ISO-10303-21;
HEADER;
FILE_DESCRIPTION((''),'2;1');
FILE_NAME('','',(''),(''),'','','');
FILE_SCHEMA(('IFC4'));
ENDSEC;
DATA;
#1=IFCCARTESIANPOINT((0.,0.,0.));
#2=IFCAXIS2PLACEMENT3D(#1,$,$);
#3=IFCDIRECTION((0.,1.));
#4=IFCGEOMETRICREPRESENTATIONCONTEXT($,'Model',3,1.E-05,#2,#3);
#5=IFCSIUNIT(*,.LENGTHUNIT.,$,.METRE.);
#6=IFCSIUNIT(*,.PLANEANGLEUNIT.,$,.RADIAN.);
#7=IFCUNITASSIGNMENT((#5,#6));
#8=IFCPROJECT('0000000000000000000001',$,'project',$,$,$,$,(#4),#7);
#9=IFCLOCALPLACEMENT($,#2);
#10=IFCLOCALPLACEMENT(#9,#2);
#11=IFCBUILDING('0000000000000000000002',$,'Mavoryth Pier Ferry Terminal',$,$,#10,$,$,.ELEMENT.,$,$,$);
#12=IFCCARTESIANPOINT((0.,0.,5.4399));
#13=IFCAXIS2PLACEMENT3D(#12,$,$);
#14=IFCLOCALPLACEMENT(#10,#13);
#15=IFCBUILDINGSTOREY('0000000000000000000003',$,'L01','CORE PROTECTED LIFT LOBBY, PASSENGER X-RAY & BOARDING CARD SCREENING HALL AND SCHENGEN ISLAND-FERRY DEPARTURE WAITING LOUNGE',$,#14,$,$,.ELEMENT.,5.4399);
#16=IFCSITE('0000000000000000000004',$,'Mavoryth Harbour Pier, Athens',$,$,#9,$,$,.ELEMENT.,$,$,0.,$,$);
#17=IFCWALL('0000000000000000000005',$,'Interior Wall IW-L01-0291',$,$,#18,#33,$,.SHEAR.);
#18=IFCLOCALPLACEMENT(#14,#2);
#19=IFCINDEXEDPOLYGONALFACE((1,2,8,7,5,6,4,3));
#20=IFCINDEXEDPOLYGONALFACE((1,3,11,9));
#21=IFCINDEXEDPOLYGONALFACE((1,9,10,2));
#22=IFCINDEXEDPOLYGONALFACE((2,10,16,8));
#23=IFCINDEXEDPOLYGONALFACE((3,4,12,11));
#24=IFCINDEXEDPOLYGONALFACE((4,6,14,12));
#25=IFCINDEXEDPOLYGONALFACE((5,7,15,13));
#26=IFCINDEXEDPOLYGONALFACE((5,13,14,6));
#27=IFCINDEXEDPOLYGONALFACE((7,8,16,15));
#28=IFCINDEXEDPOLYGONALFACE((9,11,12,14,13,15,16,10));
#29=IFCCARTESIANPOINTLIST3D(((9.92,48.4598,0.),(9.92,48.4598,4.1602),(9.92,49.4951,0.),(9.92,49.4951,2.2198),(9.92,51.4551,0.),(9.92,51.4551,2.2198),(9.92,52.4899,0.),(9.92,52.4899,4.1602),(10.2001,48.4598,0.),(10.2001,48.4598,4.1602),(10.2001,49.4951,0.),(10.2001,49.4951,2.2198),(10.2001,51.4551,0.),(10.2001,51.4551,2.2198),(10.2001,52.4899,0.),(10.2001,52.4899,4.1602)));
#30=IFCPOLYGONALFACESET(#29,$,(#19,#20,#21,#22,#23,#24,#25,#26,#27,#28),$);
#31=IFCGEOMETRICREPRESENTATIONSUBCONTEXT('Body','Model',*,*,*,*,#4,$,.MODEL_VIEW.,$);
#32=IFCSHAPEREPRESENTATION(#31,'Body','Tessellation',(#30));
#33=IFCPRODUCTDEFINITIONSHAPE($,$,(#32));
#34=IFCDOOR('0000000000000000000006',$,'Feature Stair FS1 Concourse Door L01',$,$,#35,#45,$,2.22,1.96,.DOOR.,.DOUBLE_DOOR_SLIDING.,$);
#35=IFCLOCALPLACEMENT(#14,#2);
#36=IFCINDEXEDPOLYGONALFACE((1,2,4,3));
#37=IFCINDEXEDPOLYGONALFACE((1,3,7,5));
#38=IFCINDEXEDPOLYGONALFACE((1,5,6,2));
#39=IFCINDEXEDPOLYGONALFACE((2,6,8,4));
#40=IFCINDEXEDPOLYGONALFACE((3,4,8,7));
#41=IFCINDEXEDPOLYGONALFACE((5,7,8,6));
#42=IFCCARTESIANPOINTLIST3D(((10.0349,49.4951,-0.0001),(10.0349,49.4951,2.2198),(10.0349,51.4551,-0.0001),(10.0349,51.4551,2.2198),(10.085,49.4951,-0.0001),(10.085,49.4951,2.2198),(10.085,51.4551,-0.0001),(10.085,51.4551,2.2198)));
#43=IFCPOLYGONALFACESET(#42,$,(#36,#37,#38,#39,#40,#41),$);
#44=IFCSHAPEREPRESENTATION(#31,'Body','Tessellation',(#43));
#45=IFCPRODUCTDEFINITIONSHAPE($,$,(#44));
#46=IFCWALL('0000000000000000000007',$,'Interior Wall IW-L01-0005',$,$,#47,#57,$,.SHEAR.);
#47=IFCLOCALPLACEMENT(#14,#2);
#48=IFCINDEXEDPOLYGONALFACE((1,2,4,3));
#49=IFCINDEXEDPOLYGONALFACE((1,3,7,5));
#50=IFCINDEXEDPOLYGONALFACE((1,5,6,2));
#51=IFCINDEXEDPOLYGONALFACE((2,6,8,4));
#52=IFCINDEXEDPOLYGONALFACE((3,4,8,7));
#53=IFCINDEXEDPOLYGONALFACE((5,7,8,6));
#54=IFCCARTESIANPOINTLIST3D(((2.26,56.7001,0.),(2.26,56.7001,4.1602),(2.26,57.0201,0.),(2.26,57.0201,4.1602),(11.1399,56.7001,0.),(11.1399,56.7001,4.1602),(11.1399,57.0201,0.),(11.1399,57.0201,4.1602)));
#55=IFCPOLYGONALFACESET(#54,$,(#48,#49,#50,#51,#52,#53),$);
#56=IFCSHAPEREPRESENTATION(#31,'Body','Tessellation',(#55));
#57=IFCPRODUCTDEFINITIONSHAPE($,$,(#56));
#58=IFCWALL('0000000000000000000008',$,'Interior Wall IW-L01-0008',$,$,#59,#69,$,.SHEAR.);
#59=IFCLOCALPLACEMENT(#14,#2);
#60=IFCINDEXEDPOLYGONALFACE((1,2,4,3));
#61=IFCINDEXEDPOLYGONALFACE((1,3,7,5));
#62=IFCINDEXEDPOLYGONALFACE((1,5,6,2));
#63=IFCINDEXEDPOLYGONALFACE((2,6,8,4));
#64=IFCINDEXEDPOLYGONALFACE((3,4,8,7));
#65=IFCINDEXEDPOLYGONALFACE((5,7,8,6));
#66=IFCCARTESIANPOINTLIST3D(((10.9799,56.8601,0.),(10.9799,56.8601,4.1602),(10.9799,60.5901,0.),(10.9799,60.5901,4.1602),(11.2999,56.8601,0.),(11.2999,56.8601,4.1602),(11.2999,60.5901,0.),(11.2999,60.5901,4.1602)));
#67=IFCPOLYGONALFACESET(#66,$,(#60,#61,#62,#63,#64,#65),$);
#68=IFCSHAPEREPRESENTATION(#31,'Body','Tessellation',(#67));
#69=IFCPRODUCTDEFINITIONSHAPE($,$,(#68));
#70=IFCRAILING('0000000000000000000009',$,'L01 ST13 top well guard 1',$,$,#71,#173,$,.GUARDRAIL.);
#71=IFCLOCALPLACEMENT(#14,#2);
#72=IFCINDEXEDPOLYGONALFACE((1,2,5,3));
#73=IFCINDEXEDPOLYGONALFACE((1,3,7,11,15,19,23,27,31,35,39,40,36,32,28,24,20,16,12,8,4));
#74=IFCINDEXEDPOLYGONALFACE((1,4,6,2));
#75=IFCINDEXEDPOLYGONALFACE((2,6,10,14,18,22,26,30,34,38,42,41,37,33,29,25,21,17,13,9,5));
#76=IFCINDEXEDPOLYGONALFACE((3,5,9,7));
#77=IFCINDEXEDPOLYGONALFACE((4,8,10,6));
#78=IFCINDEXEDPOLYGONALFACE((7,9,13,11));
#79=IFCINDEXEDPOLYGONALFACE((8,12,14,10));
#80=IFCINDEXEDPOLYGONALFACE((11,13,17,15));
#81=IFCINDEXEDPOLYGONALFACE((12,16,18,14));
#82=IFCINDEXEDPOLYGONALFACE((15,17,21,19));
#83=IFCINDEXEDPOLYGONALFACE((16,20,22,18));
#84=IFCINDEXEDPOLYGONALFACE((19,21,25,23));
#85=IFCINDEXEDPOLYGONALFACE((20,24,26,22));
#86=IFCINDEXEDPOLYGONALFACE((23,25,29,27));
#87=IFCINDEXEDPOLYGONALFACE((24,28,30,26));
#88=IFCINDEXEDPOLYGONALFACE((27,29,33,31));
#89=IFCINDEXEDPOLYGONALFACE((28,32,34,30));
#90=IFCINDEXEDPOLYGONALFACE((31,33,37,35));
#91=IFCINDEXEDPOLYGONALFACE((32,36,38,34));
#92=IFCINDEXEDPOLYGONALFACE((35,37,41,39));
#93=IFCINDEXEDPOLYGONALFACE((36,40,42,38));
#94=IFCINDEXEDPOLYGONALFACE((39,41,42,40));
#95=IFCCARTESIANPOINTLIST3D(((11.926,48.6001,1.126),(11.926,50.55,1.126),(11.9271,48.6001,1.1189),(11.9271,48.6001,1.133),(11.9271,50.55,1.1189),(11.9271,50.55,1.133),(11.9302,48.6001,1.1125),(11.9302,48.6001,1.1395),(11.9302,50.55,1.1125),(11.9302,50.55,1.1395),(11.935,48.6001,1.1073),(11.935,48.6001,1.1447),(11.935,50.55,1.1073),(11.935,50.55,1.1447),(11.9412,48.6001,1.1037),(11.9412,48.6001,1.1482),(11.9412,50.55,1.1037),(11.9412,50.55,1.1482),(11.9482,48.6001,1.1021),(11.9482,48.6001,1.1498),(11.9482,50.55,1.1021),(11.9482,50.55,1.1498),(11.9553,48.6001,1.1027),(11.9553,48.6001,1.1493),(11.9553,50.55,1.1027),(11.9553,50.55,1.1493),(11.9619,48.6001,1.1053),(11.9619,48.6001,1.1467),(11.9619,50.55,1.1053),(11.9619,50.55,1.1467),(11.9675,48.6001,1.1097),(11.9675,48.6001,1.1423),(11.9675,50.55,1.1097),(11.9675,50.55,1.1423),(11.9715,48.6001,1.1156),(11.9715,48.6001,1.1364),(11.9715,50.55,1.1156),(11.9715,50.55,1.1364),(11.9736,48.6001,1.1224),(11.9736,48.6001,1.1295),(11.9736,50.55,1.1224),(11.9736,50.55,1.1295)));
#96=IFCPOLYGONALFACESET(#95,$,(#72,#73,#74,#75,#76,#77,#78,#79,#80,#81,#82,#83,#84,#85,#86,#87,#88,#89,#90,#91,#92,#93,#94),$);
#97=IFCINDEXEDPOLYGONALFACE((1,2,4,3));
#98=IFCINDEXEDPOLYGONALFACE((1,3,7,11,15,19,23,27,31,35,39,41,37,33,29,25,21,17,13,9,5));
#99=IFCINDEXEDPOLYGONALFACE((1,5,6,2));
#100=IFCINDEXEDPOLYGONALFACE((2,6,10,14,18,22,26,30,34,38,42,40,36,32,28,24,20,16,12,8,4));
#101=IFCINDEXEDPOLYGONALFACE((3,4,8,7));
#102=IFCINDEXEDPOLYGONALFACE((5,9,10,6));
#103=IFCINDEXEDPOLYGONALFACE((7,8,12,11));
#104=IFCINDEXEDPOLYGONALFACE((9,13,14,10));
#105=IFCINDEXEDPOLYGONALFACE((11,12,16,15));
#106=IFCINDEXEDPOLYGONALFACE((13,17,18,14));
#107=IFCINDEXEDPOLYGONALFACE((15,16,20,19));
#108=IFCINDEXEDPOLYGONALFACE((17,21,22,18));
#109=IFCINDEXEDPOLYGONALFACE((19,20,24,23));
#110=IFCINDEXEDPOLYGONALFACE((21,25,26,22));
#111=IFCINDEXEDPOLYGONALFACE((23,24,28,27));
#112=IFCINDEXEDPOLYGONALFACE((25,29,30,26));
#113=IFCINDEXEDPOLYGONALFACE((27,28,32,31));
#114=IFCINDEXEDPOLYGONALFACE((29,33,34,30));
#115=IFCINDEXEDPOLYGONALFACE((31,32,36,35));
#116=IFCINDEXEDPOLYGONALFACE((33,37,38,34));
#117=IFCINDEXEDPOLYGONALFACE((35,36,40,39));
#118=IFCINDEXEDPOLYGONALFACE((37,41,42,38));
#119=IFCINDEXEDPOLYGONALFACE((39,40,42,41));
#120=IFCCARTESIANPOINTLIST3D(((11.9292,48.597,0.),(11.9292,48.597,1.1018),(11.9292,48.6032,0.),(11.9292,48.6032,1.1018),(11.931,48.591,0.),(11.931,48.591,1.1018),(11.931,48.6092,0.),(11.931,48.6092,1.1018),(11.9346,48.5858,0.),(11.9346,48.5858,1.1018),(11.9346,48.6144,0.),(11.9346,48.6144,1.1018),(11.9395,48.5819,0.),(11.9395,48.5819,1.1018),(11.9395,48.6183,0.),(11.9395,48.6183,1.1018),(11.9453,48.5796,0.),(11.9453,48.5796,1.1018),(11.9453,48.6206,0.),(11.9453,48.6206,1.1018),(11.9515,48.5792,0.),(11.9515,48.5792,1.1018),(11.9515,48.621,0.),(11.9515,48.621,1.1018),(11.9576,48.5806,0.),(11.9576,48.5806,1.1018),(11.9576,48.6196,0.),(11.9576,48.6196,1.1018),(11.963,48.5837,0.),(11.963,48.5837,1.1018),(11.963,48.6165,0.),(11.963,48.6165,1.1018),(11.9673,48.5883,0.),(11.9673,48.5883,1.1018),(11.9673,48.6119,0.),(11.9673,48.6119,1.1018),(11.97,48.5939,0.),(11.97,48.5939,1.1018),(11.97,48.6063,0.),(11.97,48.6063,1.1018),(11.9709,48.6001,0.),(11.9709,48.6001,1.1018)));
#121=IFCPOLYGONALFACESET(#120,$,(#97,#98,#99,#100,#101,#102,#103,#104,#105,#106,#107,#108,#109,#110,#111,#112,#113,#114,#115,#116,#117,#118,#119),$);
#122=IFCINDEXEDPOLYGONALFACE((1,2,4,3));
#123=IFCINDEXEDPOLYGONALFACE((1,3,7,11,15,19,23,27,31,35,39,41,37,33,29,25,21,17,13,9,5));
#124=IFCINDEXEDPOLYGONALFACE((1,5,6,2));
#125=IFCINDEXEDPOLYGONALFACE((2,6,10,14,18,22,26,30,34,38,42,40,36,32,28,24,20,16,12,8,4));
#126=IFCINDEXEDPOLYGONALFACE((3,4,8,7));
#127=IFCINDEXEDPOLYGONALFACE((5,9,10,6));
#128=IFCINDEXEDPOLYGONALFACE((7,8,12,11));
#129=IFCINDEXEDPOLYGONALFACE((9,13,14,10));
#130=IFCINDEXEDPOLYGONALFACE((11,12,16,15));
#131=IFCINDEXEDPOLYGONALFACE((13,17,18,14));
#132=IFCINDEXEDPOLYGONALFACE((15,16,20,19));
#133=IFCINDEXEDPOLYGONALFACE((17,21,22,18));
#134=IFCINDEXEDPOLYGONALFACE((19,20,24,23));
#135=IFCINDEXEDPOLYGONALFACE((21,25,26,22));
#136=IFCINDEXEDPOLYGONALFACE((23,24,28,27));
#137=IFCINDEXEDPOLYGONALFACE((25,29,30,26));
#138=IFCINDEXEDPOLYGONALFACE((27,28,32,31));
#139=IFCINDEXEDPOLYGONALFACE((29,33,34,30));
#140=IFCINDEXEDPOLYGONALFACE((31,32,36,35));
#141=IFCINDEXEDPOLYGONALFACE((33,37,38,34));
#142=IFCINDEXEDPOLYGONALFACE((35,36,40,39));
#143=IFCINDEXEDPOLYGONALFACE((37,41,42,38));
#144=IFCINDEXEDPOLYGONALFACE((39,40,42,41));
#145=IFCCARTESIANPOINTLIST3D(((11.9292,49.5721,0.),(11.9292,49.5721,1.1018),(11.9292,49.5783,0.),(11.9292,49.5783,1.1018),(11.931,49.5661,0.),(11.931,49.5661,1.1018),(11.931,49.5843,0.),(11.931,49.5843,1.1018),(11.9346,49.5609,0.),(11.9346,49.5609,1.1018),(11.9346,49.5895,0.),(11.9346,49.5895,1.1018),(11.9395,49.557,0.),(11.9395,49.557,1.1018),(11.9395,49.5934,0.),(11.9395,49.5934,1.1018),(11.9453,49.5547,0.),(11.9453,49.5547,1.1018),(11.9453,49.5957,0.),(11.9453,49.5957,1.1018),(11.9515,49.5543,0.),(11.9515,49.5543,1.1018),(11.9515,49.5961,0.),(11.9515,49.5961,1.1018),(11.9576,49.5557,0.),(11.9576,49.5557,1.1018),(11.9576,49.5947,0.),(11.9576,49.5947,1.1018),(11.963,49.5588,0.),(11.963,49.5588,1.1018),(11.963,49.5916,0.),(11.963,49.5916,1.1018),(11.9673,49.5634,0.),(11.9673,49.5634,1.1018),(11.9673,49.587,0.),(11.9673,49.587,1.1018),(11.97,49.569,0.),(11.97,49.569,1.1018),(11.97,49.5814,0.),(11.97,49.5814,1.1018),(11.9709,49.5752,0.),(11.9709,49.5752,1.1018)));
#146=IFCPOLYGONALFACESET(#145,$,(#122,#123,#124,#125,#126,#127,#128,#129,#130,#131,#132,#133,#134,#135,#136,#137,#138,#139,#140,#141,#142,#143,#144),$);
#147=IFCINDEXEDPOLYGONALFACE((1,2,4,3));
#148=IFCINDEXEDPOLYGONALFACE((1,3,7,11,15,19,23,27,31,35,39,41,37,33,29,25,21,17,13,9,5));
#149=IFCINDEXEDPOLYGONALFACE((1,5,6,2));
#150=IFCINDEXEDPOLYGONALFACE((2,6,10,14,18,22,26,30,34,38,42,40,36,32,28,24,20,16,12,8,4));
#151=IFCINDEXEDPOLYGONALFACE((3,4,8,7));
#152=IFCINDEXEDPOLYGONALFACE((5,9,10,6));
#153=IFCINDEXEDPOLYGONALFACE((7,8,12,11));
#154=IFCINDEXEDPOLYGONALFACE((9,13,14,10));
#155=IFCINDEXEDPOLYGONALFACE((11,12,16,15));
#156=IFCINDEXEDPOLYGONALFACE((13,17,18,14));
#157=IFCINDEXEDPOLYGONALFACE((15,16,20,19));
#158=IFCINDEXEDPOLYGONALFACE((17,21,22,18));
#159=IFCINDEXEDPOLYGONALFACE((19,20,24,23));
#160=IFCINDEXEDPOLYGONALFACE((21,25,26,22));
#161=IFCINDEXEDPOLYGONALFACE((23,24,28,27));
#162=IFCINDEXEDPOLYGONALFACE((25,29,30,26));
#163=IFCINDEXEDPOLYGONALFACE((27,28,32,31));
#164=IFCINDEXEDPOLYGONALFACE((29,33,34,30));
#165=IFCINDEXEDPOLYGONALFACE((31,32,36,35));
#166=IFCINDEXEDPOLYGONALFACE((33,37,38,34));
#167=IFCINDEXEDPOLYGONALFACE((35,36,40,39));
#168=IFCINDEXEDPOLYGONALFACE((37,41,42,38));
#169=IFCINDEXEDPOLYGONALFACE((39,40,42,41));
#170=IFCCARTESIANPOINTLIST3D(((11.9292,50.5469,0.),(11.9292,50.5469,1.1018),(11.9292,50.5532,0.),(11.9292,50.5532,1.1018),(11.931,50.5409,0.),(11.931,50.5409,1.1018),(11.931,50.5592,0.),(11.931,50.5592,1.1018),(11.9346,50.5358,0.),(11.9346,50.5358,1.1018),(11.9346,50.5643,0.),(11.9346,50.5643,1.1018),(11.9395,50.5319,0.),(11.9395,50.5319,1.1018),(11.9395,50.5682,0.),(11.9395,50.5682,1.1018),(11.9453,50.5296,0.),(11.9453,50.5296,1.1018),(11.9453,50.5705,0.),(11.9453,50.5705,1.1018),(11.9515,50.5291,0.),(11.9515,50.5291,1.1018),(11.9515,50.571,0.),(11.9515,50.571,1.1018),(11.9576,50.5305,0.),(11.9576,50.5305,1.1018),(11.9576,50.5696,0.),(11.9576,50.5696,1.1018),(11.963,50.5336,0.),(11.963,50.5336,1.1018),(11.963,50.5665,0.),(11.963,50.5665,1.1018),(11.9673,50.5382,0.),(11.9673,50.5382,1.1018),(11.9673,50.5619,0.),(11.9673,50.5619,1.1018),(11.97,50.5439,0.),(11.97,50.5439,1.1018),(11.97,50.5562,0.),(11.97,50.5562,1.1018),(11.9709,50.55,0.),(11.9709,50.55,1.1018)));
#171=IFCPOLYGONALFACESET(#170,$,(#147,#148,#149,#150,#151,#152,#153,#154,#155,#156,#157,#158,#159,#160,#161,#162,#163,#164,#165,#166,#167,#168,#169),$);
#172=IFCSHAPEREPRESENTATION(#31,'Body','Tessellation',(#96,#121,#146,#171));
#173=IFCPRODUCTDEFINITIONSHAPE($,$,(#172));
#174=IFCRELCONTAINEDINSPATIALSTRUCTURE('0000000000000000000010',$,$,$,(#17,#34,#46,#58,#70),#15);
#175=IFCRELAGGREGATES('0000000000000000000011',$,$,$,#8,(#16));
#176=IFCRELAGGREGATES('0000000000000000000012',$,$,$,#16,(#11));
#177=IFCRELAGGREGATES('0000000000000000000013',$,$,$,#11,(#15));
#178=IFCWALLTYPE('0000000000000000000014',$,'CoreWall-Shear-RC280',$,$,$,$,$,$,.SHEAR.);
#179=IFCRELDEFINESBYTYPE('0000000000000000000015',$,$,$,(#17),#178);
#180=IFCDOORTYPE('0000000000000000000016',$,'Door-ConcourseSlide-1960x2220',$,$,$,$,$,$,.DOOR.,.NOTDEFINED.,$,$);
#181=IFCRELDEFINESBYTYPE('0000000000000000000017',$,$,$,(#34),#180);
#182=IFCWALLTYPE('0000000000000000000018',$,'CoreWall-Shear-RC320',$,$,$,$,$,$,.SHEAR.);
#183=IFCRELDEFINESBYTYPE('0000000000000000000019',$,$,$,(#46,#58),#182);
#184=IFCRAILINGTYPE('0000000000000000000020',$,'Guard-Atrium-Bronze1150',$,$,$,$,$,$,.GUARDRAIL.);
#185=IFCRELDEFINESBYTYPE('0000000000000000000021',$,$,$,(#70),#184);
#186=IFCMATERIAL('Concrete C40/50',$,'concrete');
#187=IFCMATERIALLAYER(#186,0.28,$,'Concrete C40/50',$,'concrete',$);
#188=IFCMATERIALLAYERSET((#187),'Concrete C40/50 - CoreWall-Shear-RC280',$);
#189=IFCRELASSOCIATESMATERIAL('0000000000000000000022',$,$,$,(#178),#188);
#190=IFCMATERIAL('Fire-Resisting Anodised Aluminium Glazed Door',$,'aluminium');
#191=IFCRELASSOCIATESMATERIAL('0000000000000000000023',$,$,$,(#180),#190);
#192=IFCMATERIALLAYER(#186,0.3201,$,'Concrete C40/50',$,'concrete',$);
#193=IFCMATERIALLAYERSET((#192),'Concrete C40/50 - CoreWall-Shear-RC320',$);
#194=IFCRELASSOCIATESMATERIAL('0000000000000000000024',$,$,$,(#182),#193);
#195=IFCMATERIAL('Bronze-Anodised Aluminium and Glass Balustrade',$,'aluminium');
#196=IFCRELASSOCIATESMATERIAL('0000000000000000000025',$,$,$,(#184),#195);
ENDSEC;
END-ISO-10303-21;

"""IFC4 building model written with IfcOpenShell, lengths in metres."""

from ifc_helpers import new_model, si_unit, direction, frame, frame_2d, origin, origin_2d, place, context, subcontext, project, spatial, rectangle, circle, extrude, material, layer, layer_set, type_object, element, fill, save


model = new_model("IFC4")

# Units and contexts
model_context = context("Model", 3, precision=1e-05, world=origin(), true_north=direction((0.0, 1.0)))
body_context = subcontext(model_context, "Body", "Model", "MODEL_VIEW")
ifc_project = project(units=[si_unit("LENGTHUNIT", "METRE"), si_unit("PLANEANGLEUNIT", "RADIAN")], contexts=[model_context])

# Site, building, storey
site_placement = place(None, origin())
site = spatial("IfcSite", under=ifc_project, at=site_placement, Name="Mavoryth Harbour Pier, Athens", CompositionType="ELEMENT", RefElevation=0.0)
building_placement = place(site_placement, origin())
building = spatial("IfcBuilding", under=site, at=building_placement, Name="Mavoryth Pier Ferry Terminal", CompositionType="ELEMENT")
storey_placement = place(building_placement, frame((0.0, 0.0, 5.4399)))
storey = spatial("IfcBuildingStorey", under=building, at=storey_placement, Name="L01", Description="CORE PROTECTED LIFT LOBBY, PASSENGER X-RAY & BOARDING CARD SCREENING HALL AND SCHENGEN ISLAND-FERRY DEPARTURE WAITING LOUNGE", CompositionType="ELEMENT", Elevation=5.4399)

# Shared definitions
ifc_material_1 = material(Name="Concrete C40/50", Category="concrete")

# Shared definitions
ifc_layer_1 = layer(ifc_material_1, 0.28, Name="Concrete C40/50", Category="concrete")
ifc_layer_set_1 = layer_set([ifc_layer_1], Name="Concrete C40/50 - CoreWall-Shear-RC280")
wall_type_1 = type_object("IfcWallType", Name="CoreWall-Shear-RC280", PredefinedType="SHEAR", material=ifc_layer_set_1)

# Wall, opening, door
wall_1_placement = place(storey_placement, frame((10.0601, 52.49, 0.0), z_axis=(0.0, 0.0, 1.0), x_axis=(0.0, -1.0, 0.0)))
wall_1 = element("IfcWall", 1, at=wall_1_placement, inside=storey, type_object=wall_type_1, Name="Interior Wall IW-L01-0291", PredefinedType="SHEAR", context=body_context, shape_type="SweptSolid", body=[
    extrude(rectangle(XDim=4.03, YDim=0.28, at=frame_2d((2.0151, 0.0))), origin(), (0.0, 0.0, 1.0), 4.1602),
])
opening_placement = place(wall_1_placement, frame((1.0349, 0.0, 0.0)))
opening = element("IfcOpeningElement", 2, at=opening_placement, cuts=wall_1, PredefinedType="OPENING", context=body_context, shape_type="SweptSolid", body=[
    extrude(rectangle(XDim=1.96, YDim=2.22, at=frame_2d((0.98, 1.1099))), frame((0.0, 0.1499, 0.0), z_axis=(0.0, -1.0, 0.0), x_axis=(1.0, 0.0, 0.0)), (0.0, 0.0, 1.0), 0.3),
])
ifc_material_2 = material(Name="Fire-Resisting Anodised Aluminium Glazed Door", Category="aluminium")
door_type = type_object("IfcDoorType", Name="Door-ConcourseSlide-1960x2220", OperationType="NOTDEFINED", PredefinedType="DOOR", material=ifc_material_2)
door_placement = place(opening_placement, origin())
door = element("IfcDoor", 3, at=door_placement, inside=storey, type_object=door_type, Name="Feature Stair FS1 Concourse Door L01", OperationType="DOUBLE_DOOR_SLIDING", OverallHeight=2.22, OverallWidth=1.96, PredefinedType="DOOR", context=body_context, shape_type="SweptSolid", body=[
    extrude(rectangle(XDim=1.96, YDim=2.22, at=frame_2d((0.98, 1.1099))), frame((0.0, 0.0249, 0.0), z_axis=(0.0, -1.0, 0.0), x_axis=(1.0, 0.0, 0.0)), (0.0, 0.0, 1.0), 0.05),
])
fill(opening, door)

# Walls
ifc_layer_2 = layer(ifc_material_1, 0.3201, Name="Concrete C40/50", Category="concrete")
ifc_layer_set_2 = layer_set([ifc_layer_2], Name="Concrete C40/50 - CoreWall-Shear-RC320")
wall_type_2 = type_object("IfcWallType", Name="CoreWall-Shear-RC320", PredefinedType="SHEAR", material=ifc_layer_set_2)
wall_2_placement = place(storey_placement, frame((2.26, 56.8601, 0.0), z_axis=(0.0, 0.0, 1.0), x_axis=(1.0, 0.0, 0.0)))
element("IfcWall", 4, at=wall_2_placement, inside=storey, type_object=wall_type_2, Name="Interior Wall IW-L01-0005", PredefinedType="SHEAR", context=body_context, shape_type="SweptSolid", body=[
    extrude(rectangle(XDim=8.8799, YDim=0.3201, at=frame_2d((4.4399, 0.0))), origin(), (0.0, 0.0, 1.0), 4.1602),
])
wall_3_placement = place(storey_placement, frame((11.1399, 56.8601, 0.0), z_axis=(0.0, 0.0, 1.0), x_axis=(0.0, 1.0, 0.0)))
element("IfcWall", 5, at=wall_3_placement, inside=storey, type_object=wall_type_2, Name="Interior Wall IW-L01-0008", PredefinedType="SHEAR", context=body_context, shape_type="SweptSolid", body=[
    extrude(rectangle(XDim=3.73, YDim=0.3201, at=frame_2d((1.865, 0.0))), origin(), (0.0, 0.0, 1.0), 4.1602),
])

# Railing
ifc_material_3 = material(Name="Bronze-Anodised Aluminium and Glass Balustrade", Category="aluminium")
railing_type = type_object("IfcRailingType", Name="Guard-Atrium-Bronze1150", PredefinedType="GUARDRAIL", material=ifc_material_3)
railing_1_placement = place(storey_placement, frame((11.95, 48.6001, 0.0)))
element("IfcRailing", 6, at=railing_1_placement, inside=storey, type_object=railing_type, Name="L01 ST13 top well guard 1", PredefinedType="GUARDRAIL", context=body_context, shape_type="SweptSolid", body=[
    extrude(circle(Radius=0.0239, at=origin_2d()), frame((0.0, 0.0, 1.126), z_axis=(0.0, 1.0, 0.0), x_axis=(-1.0, 0.0, 0.0)), (0.0, 0.0, 1.0), 1.95),
    extrude(circle(Radius=0.021, at=origin_2d()), origin(), (0.0, 0.0, 1.0), 1.1018),
    extrude(circle(Radius=0.021, at=origin_2d()), frame((0.0, 0.9751, 0.0)), (0.0, 0.0, 1.0), 1.1018),
    extrude(circle(Radius=0.021, at=origin_2d()), frame((0.0, 1.95, 0.0)), (0.0, 0.0, 1.0), 1.1018),
])

save(model, "model.ifc")
